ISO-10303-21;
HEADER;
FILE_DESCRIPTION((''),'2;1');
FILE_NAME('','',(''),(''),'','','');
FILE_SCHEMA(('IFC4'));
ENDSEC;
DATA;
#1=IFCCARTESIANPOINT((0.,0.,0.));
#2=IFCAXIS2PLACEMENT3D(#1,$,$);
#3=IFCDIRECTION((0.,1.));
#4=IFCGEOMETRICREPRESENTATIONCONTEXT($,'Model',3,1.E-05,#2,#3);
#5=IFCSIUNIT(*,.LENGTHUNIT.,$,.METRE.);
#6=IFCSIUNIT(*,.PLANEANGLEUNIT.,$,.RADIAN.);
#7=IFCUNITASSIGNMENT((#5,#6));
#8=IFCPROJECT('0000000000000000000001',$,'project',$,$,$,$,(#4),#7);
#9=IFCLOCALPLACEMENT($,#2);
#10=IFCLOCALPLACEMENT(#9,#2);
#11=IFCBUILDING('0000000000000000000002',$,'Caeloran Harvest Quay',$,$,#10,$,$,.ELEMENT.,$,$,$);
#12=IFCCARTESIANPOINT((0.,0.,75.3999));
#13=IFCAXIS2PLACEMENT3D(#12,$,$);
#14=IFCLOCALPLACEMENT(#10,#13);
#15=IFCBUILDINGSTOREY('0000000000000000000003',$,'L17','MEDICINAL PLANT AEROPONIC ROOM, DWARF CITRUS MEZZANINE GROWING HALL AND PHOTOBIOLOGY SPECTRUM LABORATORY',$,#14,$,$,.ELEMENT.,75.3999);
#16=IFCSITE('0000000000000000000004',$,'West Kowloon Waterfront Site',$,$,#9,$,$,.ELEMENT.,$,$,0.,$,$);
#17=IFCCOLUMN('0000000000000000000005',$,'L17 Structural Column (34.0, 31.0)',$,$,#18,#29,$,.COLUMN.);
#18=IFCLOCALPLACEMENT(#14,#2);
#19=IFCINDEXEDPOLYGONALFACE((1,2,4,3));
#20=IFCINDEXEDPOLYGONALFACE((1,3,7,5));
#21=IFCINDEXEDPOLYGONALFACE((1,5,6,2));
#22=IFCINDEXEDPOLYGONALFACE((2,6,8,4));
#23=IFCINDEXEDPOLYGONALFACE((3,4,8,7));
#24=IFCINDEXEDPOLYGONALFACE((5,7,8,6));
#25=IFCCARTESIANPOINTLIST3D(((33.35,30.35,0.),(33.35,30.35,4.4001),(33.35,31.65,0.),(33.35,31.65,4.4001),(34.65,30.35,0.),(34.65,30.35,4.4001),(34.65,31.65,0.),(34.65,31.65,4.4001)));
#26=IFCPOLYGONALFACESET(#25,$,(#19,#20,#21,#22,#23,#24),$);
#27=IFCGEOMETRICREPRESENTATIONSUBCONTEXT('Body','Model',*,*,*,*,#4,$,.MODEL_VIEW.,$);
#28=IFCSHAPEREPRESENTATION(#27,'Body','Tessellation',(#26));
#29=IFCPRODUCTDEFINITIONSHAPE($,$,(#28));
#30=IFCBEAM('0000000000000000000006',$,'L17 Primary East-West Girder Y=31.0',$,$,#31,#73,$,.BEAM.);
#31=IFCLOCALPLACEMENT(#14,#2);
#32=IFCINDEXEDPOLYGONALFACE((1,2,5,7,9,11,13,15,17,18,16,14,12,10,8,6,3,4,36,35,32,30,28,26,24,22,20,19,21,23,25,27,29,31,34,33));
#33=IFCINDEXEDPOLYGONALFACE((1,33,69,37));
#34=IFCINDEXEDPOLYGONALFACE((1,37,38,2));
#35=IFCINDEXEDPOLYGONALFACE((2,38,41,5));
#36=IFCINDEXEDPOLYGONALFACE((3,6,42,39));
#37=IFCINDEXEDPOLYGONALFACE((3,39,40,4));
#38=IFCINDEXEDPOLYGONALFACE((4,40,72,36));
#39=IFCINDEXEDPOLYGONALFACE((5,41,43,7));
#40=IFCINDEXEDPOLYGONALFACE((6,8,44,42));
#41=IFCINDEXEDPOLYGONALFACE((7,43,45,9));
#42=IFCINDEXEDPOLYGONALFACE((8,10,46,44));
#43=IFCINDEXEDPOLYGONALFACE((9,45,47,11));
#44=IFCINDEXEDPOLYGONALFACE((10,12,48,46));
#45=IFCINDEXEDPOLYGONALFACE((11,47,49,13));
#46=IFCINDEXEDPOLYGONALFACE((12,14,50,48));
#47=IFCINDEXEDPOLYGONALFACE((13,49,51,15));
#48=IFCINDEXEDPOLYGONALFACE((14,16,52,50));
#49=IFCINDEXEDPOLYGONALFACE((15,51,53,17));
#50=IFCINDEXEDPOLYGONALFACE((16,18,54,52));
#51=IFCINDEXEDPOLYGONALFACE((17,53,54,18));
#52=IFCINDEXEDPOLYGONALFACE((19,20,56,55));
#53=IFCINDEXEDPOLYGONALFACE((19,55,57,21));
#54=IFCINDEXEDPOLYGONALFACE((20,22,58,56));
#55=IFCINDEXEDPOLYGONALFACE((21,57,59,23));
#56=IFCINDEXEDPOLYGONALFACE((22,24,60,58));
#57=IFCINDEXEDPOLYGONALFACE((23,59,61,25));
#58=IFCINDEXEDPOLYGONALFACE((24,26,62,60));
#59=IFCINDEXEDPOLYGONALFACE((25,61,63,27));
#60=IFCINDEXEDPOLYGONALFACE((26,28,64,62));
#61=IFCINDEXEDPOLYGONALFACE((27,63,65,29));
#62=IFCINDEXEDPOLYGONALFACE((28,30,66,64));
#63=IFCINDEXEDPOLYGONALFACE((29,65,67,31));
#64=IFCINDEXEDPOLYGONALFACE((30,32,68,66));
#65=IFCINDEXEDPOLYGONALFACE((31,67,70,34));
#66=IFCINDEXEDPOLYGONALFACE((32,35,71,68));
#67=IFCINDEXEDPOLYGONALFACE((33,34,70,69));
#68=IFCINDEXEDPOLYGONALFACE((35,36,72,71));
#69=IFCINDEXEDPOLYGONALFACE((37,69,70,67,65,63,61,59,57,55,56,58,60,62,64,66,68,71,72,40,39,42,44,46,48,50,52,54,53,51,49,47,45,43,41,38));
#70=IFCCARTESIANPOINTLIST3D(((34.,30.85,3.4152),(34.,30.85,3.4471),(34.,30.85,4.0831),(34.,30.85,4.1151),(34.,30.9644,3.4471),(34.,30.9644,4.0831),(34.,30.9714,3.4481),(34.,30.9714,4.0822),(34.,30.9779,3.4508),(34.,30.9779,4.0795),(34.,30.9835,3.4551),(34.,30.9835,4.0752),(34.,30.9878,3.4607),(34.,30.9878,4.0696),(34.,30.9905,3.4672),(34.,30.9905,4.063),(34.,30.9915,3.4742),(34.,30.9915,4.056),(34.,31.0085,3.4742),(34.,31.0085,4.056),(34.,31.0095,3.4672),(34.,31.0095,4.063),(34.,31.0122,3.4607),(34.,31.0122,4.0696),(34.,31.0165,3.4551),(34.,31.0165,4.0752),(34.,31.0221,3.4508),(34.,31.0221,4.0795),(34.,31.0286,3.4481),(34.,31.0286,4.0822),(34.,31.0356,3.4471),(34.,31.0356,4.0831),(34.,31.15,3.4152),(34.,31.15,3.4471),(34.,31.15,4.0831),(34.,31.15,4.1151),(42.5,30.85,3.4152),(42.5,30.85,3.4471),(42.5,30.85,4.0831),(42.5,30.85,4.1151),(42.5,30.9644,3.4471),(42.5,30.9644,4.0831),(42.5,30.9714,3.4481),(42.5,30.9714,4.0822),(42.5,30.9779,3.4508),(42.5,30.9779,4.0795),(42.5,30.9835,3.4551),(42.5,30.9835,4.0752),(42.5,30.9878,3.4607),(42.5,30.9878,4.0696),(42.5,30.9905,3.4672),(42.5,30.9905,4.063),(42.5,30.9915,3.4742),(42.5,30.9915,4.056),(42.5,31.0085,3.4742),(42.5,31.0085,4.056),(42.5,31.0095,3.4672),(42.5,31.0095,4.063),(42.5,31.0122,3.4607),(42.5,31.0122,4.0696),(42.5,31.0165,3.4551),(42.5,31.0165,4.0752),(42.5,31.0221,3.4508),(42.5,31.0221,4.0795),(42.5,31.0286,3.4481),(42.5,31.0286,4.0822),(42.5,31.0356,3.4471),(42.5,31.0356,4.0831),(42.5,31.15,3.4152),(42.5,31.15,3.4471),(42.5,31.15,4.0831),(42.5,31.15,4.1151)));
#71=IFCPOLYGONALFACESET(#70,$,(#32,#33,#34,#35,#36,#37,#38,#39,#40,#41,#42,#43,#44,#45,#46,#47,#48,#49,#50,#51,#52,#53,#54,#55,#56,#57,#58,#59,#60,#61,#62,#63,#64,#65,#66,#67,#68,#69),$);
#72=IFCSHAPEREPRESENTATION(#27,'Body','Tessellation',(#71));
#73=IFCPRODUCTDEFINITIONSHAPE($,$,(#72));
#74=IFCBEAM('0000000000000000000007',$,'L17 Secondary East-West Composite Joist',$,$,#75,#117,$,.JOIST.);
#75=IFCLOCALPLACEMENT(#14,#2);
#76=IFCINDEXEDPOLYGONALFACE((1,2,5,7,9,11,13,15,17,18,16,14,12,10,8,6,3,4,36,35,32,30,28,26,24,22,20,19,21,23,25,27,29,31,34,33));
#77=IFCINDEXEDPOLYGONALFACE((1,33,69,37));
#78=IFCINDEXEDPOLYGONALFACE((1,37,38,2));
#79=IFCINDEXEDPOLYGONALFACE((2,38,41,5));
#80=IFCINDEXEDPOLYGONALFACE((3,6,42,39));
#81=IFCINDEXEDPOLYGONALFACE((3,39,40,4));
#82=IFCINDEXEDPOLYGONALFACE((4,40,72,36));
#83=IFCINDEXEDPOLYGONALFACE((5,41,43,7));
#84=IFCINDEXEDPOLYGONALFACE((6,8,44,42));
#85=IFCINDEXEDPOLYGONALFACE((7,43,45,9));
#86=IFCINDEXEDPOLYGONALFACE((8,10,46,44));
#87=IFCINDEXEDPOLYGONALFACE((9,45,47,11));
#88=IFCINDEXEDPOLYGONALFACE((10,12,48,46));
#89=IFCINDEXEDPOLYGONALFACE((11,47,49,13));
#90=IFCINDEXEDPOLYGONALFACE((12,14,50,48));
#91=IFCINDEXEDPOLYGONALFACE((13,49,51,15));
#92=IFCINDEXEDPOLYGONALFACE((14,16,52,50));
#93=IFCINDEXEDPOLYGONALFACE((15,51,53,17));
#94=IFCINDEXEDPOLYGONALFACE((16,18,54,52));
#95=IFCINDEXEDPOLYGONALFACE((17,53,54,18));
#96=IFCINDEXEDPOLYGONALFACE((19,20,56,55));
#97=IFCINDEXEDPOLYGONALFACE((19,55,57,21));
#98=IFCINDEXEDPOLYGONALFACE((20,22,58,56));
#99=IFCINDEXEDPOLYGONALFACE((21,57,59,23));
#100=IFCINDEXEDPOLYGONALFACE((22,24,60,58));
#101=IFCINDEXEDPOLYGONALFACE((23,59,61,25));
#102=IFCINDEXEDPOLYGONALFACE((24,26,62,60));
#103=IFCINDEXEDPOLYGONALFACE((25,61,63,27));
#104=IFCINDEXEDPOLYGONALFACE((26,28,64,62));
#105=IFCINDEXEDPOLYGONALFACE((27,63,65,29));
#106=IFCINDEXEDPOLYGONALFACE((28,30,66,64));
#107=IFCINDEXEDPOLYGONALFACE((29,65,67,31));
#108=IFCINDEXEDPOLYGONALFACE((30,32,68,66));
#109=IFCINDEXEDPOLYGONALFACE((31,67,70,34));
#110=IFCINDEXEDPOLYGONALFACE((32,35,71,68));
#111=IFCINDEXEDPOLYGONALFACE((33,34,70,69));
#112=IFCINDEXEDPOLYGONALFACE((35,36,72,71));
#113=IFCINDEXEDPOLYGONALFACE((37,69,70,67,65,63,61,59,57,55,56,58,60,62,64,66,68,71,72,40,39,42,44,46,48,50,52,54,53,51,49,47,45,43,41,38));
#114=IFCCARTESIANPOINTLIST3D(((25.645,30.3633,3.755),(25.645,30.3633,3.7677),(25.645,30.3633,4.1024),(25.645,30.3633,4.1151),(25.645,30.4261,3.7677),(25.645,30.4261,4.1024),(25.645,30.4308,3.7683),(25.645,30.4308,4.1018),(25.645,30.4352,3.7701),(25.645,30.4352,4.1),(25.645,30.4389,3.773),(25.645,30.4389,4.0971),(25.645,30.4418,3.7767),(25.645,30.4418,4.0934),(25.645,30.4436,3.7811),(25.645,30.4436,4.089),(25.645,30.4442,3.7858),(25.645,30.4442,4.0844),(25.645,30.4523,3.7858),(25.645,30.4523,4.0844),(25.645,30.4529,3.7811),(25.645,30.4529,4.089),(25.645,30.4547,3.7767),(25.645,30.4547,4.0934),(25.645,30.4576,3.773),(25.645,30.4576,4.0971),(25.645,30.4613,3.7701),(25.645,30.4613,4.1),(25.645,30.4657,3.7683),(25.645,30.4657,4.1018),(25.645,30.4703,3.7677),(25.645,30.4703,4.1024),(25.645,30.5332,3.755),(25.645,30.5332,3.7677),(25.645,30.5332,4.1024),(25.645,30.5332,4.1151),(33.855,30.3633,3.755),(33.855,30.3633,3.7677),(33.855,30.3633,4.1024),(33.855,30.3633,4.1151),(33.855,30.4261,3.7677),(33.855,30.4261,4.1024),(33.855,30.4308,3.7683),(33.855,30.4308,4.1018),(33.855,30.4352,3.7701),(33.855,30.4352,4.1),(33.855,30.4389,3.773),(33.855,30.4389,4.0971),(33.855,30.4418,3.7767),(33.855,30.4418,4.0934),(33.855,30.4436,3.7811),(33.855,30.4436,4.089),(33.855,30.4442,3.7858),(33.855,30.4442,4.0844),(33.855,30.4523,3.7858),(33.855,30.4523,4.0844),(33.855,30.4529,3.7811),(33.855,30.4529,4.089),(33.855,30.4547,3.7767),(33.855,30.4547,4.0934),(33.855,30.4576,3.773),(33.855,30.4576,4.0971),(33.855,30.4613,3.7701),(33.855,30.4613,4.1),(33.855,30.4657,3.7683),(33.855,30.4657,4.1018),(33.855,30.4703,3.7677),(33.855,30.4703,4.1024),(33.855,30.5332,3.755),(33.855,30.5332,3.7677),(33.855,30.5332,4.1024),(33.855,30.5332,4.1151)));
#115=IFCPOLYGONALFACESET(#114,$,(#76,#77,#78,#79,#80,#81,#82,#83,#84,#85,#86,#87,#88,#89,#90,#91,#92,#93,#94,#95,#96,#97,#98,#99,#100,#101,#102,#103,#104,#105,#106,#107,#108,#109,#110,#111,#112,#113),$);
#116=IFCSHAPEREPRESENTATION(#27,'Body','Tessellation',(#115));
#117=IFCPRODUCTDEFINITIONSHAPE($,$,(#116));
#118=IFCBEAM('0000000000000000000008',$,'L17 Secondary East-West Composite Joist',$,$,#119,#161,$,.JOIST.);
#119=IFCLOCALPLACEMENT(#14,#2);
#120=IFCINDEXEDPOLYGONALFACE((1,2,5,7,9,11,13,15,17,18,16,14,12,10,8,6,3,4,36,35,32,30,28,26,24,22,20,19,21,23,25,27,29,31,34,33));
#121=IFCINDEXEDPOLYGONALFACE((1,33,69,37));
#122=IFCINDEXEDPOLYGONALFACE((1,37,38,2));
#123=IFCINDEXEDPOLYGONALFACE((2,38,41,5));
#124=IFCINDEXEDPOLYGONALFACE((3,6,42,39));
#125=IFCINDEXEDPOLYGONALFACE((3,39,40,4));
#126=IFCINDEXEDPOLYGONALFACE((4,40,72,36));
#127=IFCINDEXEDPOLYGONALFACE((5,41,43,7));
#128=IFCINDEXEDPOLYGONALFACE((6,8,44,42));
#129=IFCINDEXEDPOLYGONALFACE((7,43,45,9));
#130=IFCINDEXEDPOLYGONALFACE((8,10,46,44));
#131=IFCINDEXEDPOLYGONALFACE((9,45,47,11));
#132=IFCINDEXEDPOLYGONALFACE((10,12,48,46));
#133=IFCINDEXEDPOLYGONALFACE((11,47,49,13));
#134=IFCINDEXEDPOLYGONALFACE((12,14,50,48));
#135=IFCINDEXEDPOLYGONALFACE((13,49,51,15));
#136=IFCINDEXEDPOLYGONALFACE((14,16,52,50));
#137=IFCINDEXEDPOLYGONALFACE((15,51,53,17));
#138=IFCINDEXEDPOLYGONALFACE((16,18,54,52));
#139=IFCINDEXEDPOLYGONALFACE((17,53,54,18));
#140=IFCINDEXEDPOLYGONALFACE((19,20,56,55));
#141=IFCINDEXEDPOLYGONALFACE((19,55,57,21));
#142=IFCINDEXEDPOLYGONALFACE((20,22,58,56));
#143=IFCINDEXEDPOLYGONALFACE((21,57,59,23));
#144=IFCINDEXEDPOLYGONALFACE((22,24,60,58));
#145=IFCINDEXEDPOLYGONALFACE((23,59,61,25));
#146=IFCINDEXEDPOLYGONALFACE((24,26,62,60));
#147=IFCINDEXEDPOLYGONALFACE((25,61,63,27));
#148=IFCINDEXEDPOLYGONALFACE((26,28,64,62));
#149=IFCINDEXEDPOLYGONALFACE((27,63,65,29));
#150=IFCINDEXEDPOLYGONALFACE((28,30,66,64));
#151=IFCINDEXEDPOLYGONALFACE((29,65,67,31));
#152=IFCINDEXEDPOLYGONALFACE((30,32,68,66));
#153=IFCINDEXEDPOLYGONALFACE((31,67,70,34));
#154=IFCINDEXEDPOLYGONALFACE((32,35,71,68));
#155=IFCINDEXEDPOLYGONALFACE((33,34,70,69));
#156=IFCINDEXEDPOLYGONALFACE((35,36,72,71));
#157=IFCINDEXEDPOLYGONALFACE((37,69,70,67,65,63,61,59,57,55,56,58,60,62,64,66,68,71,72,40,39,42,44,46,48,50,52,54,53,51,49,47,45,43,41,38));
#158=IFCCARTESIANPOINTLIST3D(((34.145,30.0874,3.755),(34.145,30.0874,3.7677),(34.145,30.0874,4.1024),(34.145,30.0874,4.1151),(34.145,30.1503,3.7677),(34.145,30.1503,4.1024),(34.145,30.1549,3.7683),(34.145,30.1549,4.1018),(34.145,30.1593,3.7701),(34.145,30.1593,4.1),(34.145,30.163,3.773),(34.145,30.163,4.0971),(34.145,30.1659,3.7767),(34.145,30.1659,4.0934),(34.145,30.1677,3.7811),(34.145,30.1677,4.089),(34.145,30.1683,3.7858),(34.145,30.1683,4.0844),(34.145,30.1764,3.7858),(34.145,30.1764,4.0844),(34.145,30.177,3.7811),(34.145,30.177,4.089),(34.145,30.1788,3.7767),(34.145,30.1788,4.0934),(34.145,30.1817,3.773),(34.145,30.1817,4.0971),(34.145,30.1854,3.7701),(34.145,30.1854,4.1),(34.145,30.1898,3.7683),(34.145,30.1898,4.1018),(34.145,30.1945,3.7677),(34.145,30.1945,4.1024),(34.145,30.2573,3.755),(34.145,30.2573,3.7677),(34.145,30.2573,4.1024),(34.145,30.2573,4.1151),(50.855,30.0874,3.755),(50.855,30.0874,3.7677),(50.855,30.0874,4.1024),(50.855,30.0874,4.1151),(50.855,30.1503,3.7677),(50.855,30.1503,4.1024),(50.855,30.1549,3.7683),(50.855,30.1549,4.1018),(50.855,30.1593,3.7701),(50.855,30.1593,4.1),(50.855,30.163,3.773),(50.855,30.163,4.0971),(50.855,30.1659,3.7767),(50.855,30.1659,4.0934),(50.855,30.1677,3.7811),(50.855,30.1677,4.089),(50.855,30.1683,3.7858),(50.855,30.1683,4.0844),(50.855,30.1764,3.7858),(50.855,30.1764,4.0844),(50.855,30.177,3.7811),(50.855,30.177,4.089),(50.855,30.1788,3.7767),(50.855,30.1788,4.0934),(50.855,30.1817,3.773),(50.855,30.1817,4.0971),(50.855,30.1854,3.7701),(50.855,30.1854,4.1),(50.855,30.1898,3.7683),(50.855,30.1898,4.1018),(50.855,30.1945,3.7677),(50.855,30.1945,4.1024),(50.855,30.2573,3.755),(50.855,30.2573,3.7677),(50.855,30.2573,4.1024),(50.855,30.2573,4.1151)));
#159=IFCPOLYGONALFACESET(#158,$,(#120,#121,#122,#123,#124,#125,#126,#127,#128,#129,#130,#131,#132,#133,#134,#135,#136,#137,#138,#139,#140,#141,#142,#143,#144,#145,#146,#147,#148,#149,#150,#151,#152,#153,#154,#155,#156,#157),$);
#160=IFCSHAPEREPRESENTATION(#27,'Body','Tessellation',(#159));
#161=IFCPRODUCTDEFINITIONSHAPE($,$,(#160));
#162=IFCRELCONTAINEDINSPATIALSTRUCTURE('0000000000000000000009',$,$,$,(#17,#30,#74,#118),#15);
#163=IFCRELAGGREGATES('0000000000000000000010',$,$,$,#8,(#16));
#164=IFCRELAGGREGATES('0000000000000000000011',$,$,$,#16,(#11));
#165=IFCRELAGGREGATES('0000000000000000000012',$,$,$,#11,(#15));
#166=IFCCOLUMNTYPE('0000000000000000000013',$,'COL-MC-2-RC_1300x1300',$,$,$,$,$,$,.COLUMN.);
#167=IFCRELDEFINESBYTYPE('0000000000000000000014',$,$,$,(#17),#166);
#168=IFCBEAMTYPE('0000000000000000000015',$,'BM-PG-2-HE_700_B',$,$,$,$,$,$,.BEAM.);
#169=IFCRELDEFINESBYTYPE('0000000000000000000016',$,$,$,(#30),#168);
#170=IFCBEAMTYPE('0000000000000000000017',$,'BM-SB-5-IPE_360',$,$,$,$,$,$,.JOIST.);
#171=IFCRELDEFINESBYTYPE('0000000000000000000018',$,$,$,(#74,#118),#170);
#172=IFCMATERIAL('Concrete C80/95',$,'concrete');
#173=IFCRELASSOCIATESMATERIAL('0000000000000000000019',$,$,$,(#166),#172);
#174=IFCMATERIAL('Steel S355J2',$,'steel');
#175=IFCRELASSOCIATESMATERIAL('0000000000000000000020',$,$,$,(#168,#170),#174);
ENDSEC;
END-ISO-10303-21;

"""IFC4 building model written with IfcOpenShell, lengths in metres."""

from ifc_helpers import new_model, si_unit, direction, frame, origin, origin_2d, place, context, subcontext, project, spatial, rectangle, i_section, extrude, material, material_profile, profile_set, type_object, element, save


model = new_model("IFC4")

# Units and contexts
model_context = context("Model", 3, precision=1e-05, world=origin(), true_north=direction((0.0, 1.0)))
body_context = subcontext(model_context, "Body", "Model", "MODEL_VIEW")
ifc_project = project(units=[si_unit("LENGTHUNIT", "METRE"), si_unit("PLANEANGLEUNIT", "RADIAN")], contexts=[model_context])

# Site, building, storey
site_placement = place(None, origin())
site = spatial("IfcSite", under=ifc_project, at=site_placement, Name="West Kowloon Waterfront Site", CompositionType="ELEMENT", RefElevation=0.0)
building_placement = place(site_placement, origin())
building = spatial("IfcBuilding", under=site, at=building_placement, Name="Caeloran Harvest Quay", CompositionType="ELEMENT")
storey_placement = place(building_placement, frame((0.0, 0.0, 75.3999)))
storey = spatial("IfcBuildingStorey", under=building, at=storey_placement, Name="L17", Description="MEDICINAL PLANT AEROPONIC ROOM, DWARF CITRUS MEZZANINE GROWING HALL AND PHOTOBIOLOGY SPECTRUM LABORATORY", CompositionType="ELEMENT", Elevation=75.3999)

# Column
ifc_material_1 = material(Name="Concrete C80/95", Category="concrete")
ifc_material_profile_1 = material_profile(ifc_material_1, rectangle(XDim=1.3, YDim=1.3, at=origin_2d()), Name="RC 1300x1300")
ifc_profile_set_1 = profile_set([ifc_material_profile_1], Name="Concrete C80/95")
column_type = type_object("IfcColumnType", Name="COL-MC-2-RC_1300x1300", PredefinedType="COLUMN", material=ifc_profile_set_1)
column_placement = place(storey_placement, frame((34.0, 31.0, 0.0), z_axis=(0.0, 0.0, 1.0), x_axis=(1.0, 0.0, 0.0)))
element("IfcColumn", 1, at=column_placement, inside=storey, type_object=column_type, Name="L17 Structural Column (34.0, 31.0)", PredefinedType="COLUMN", context=body_context, shape_type="SweptSolid", body=[
    extrude(rectangle(XDim=1.3, YDim=1.3, at=origin_2d()), origin(), (0.0, 0.0, 1.0), 4.4001),
])

# Beams
ifc_material_2 = material(Name="Steel S355J2", Category="steel")
ifc_material_profile_2 = material_profile(ifc_material_2, i_section(OverallWidth=0.3, OverallDepth=0.7, WebThickness=0.0171, FlangeThickness=0.032, FilletRadius=0.0271, at=origin_2d()), Name="HE 700 B")
ifc_profile_set_2 = profile_set([ifc_material_profile_2], Name="Steel S355J2")
beam_type_1 = type_object("IfcBeamType", Name="BM-PG-2-HE_700_B", PredefinedType="BEAM", material=ifc_profile_set_2)
beam_1_placement = place(storey_placement, frame((34.0, 31.0, 3.7651), z_axis=(1.0, 0.0, 0.0), x_axis=(0.0, 1.0, 0.0)))
element("IfcBeam", 2, at=beam_1_placement, inside=storey, type_object=beam_type_1, Name="L17 Primary East-West Girder Y=31.0", PredefinedType="BEAM", context=body_context, shape_type="SweptSolid", body=[
    extrude(i_section(OverallWidth=0.3, OverallDepth=0.7, WebThickness=0.0171, FlangeThickness=0.032, FilletRadius=0.0271, at=origin_2d()), origin(), (0.0, 0.0, 1.0), 8.5),
])
ifc_material_profile_3 = material_profile(ifc_material_2, i_section(OverallWidth=0.1699, OverallDepth=0.3601, WebThickness=0.0081, FlangeThickness=0.0127, FilletRadius=0.0181, at=origin_2d()), Name="IPE 360")
ifc_profile_set_3 = profile_set([ifc_material_profile_3], Name="Steel S355J2")
beam_type_2 = type_object("IfcBeamType", Name="BM-SB-5-IPE_360", PredefinedType="JOIST", material=ifc_profile_set_3)
beam_2_placement = place(storey_placement, frame((25.645, 30.4482, 3.9351), z_axis=(1.0, 0.0, 0.0), x_axis=(0.0, 1.0, 0.0)))
element("IfcBeam", 3, at=beam_2_placement, inside=storey, type_object=beam_type_2, Name="L17 Secondary East-West Composite Joist", PredefinedType="JOIST", context=body_context, shape_type="SweptSolid", body=[
    extrude(i_section(OverallWidth=0.1699, OverallDepth=0.3601, WebThickness=0.0081, FlangeThickness=0.0127, FilletRadius=0.0181, at=origin_2d()), origin(), (0.0, 0.0, 1.0), 8.21),
])
for number, where, z_axis, x_axis, name in (
    (4, (34.145, 30.1724, 3.9351), (1.0, 0.0, 0.0), (0.0, 1.0, 0.0), "L17 Secondary East-West Composite Joist"),
):
    element("IfcBeam", number, at=place(storey_placement, frame(where, z_axis=z_axis, x_axis=x_axis)), inside=storey, type_object=beam_type_2, Name=name, PredefinedType="JOIST", context=body_context, shape_type="SweptSolid", body=[
        extrude(i_section(OverallWidth=0.1699, OverallDepth=0.3601, WebThickness=0.0081, FlangeThickness=0.0127, FilletRadius=0.0181, at=origin_2d()), origin(), (0.0, 0.0, 1.0), 16.71),
    ])

save(model, "model.ifc")
